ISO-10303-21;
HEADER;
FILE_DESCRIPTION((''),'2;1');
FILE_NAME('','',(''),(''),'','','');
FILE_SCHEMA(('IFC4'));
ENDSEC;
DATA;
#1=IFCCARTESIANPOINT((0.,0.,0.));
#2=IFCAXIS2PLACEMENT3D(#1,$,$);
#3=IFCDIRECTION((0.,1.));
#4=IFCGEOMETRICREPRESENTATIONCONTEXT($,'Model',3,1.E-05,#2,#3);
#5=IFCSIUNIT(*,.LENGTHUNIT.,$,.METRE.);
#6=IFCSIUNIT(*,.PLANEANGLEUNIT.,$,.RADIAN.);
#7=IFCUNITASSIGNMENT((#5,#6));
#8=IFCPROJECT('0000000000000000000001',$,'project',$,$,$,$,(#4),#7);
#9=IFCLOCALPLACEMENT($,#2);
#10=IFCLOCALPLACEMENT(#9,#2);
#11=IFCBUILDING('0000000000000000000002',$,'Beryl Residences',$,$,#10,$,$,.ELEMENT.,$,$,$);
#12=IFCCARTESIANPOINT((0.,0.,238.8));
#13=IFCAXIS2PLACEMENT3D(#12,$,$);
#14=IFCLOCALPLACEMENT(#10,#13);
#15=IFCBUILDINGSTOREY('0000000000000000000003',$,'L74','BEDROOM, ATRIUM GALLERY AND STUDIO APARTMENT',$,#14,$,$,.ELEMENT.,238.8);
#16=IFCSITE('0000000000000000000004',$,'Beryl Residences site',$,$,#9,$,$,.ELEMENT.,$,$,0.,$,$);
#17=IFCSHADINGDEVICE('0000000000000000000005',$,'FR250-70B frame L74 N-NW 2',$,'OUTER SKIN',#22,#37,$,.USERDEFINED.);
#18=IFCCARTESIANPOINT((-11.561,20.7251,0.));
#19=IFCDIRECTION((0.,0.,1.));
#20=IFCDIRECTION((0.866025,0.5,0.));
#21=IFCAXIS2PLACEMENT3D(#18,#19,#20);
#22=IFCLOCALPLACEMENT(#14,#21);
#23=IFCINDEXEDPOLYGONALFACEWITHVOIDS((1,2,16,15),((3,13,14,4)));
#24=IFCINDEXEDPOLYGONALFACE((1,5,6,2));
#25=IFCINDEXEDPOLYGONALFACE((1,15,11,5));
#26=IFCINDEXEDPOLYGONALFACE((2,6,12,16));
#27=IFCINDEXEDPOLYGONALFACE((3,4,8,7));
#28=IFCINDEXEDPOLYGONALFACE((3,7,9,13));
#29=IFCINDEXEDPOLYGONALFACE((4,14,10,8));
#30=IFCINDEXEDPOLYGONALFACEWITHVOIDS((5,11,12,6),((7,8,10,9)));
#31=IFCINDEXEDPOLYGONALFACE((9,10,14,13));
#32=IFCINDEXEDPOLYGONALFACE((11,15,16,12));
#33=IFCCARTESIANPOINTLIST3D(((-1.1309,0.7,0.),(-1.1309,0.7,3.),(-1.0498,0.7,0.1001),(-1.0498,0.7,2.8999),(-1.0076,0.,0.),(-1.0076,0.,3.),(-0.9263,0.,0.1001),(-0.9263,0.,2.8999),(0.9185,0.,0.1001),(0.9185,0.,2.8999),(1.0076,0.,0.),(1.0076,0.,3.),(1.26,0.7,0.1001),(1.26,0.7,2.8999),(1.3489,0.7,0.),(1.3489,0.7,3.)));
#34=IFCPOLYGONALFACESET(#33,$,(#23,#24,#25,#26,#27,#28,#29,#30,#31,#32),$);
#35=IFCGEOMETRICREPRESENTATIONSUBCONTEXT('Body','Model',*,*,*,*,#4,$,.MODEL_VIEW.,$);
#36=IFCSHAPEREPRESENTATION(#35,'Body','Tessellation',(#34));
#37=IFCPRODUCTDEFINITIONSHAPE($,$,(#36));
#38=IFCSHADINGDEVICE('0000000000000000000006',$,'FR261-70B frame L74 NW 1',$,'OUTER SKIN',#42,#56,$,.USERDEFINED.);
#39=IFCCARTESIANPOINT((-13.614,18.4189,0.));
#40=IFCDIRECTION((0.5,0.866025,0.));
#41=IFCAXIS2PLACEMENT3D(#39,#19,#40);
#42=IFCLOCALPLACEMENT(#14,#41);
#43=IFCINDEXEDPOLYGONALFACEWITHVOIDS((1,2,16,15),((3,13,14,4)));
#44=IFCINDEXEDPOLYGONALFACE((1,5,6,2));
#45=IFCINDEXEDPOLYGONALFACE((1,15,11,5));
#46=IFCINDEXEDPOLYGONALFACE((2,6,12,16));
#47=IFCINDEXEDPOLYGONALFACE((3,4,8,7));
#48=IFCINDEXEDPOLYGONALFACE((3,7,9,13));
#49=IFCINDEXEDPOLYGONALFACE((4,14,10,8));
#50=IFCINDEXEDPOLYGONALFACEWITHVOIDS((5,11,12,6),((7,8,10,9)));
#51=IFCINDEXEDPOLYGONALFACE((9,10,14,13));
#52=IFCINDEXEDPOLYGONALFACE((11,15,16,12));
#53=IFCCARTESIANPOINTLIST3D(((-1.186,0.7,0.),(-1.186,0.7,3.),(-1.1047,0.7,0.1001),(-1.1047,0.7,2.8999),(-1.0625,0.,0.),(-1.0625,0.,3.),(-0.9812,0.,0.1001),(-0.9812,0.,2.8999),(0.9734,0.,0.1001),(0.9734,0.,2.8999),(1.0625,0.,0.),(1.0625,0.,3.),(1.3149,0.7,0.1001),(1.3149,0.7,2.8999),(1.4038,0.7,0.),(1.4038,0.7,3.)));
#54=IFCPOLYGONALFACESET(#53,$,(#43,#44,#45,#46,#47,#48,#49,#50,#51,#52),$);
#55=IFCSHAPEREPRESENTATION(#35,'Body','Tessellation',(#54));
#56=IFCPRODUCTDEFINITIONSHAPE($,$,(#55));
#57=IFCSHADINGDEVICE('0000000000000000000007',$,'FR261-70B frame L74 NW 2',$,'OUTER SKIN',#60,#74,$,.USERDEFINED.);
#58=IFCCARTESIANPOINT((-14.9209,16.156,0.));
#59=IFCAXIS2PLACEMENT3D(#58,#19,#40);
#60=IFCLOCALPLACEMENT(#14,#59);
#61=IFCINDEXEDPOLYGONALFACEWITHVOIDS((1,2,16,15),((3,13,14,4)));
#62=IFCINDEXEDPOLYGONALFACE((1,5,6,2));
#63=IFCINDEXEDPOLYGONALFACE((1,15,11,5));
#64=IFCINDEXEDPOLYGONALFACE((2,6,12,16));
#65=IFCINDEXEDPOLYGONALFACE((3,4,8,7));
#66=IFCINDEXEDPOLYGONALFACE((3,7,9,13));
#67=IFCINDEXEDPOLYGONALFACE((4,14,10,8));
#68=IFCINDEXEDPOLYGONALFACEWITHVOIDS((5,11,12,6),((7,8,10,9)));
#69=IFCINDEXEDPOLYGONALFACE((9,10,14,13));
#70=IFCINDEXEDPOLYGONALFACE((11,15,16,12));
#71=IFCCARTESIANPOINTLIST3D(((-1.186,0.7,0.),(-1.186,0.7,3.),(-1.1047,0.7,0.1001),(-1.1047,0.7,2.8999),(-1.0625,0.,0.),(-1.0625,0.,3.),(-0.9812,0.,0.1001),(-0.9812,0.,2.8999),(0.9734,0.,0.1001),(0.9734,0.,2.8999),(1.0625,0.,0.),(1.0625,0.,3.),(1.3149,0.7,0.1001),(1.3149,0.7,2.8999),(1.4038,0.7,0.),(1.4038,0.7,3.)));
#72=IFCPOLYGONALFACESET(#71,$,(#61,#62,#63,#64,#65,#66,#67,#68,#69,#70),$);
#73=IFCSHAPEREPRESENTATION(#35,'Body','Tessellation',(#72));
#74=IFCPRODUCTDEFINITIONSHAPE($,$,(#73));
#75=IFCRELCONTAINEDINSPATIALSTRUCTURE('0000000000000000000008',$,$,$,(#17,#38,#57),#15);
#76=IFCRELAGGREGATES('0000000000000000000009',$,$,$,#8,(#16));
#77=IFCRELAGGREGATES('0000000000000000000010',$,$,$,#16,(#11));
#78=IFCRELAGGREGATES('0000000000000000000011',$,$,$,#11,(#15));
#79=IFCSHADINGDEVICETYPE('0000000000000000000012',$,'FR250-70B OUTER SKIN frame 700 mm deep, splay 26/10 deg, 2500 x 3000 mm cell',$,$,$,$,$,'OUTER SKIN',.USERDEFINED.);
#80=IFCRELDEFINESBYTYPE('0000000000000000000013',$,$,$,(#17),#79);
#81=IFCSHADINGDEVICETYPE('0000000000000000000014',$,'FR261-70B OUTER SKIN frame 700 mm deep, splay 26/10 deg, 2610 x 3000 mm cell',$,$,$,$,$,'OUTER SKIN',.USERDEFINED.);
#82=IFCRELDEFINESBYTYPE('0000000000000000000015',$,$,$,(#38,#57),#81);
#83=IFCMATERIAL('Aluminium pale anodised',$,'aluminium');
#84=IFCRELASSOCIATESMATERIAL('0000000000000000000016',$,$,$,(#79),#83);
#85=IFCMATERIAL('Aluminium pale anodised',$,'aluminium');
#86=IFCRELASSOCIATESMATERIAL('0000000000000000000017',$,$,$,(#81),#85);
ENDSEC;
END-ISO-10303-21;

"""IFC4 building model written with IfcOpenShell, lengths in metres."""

from ifc_helpers import new_model, entity, si_unit, direction, frame, origin, place, context, subcontext, project, spatial, source, transform, mapped, material, type_object, type_shapes, element, save


model = new_model("IFC4")

# Units and contexts
model_context = context("Model", 3, precision=1e-05, world=origin(), true_north=direction((0.0, 1.0)))
body_context = subcontext(model_context, "Body", "Model", "MODEL_VIEW")
ifc_project = project(units=[si_unit("LENGTHUNIT", "METRE"), si_unit("PLANEANGLEUNIT", "RADIAN")], contexts=[model_context])

# Site, building, storey
site_placement = place(None, origin())
site = spatial("IfcSite", under=ifc_project, at=site_placement, Name="Beryl Residences site", CompositionType="ELEMENT", RefElevation=0.0)
building_placement = place(site_placement, origin())
building = spatial("IfcBuilding", under=site, at=building_placement, Name="Beryl Residences", CompositionType="ELEMENT")
storey_placement = place(building_placement, frame((0.0, 0.0, 238.8)))
storey = spatial("IfcBuildingStorey", under=building, at=storey_placement, Name="L74", Description="BEDROOM, ATRIUM GALLERY AND STUDIO APARTMENT", CompositionType="ELEMENT", Elevation=238.8)

# Shading devices
ifc_material_1 = material(Name="Aluminium pale anodised", Category="aluminium")
shading_device_type_1 = type_object("IfcShadingDeviceType", Name="FR250-70B OUTER SKIN frame 700 mm deep, splay 26/10 deg, 2500 x 3000 mm cell", ElementType="OUTER SKIN", PredefinedType="USERDEFINED", material=ifc_material_1)
cartesian_point_1 = entity("IfcCartesianPoint", [-1.0076, 0.0])
cartesian_point_2 = entity("IfcCartesianPoint", [-0.9185, 0.1001])
cartesian_point_3 = entity("IfcCartesianPoint", [-1.3489, 0.0])
cartesian_point_4 = entity("IfcCartesianPoint", [-1.26, 0.1001])
shared_shape_1 = source(origin(), body_context, "Body", "SweptSolid", [
    entity("IfcExtrudedAreaSolidTapered", entity("IfcArbitraryProfileDefWithVoids", "AREA", None, entity("IfcPolyline", [cartesian_point_1, entity("IfcCartesianPoint", [1.0076, 0.0]), entity("IfcCartesianPoint", [1.0076, 3.0]), entity("IfcCartesianPoint", [-1.0076, 3.0]), cartesian_point_1]), [entity("IfcPolyline", [cartesian_point_2, entity("IfcCartesianPoint", [0.9263, 0.1001]), entity("IfcCartesianPoint", [0.9263, 2.8999]), entity("IfcCartesianPoint", [-0.9185, 2.8999]), cartesian_point_2])]), entity("IfcAxis2Placement3D", entity("IfcCartesianPoint", [0.0, 0.0, 0.0]), entity("IfcDirection", [0.0, 1.0, 0.0]), entity("IfcDirection", [-1.0, 0.0, 0.0])), entity("IfcDirection", [0.0, 0.0, 1.0]), 0.7, entity("IfcArbitraryProfileDefWithVoids", "AREA", None, entity("IfcPolyline", [cartesian_point_3, entity("IfcCartesianPoint", [1.1309, 0.0]), entity("IfcCartesianPoint", [1.1309, 3.0]), entity("IfcCartesianPoint", [-1.3489, 3.0]), cartesian_point_3]), [entity("IfcPolyline", [cartesian_point_4, entity("IfcCartesianPoint", [1.0498, 0.1001]), entity("IfcCartesianPoint", [1.0498, 2.8999]), entity("IfcCartesianPoint", [-1.26, 2.8999]), cartesian_point_4])])),
])
type_shapes(shading_device_type_1, [shared_shape_1])
shading_device_placement = place(storey_placement, frame((-11.561, 20.7251, 0.0), z_axis=(0.0, 0.0, 1.0), x_axis=(0.866025, 0.5, 0.0)))
element("IfcShadingDevice", 1, at=shading_device_placement, inside=storey, type_object=shading_device_type_1, Name="FR250-70B frame L74 N-NW 2", ObjectType="OUTER SKIN", PredefinedType="USERDEFINED", context=body_context, shape_type="MappedRepresentation", body=[
    mapped(shared_shape_1, transform((0.0, 0.0, 0.0))),
])
ifc_material_2 = material(Name="Aluminium pale anodised", Category="aluminium")
shading_device_type_2 = type_object("IfcShadingDeviceType", Name="FR261-70B OUTER SKIN frame 700 mm deep, splay 26/10 deg, 2610 x 3000 mm cell", ElementType="OUTER SKIN", PredefinedType="USERDEFINED", material=ifc_material_2)
cartesian_point_5 = entity("IfcCartesianPoint", [-1.0625, 0.0])
cartesian_point_6 = entity("IfcCartesianPoint", [-0.9734, 0.1001])
cartesian_point_7 = entity("IfcCartesianPoint", [-1.4038, 0.0])
cartesian_point_8 = entity("IfcCartesianPoint", [-1.3149, 0.1001])
shared_shape_2 = source(origin(), body_context, "Body", "SweptSolid", [
    entity("IfcExtrudedAreaSolidTapered", entity("IfcArbitraryProfileDefWithVoids", "AREA", None, entity("IfcPolyline", [cartesian_point_5, entity("IfcCartesianPoint", [1.0625, 0.0]), entity("IfcCartesianPoint", [1.0625, 3.0]), entity("IfcCartesianPoint", [-1.0625, 3.0]), cartesian_point_5]), [entity("IfcPolyline", [cartesian_point_6, entity("IfcCartesianPoint", [0.9812, 0.1001]), entity("IfcCartesianPoint", [0.9812, 2.8999]), entity("IfcCartesianPoint", [-0.9734, 2.8999]), cartesian_point_6])]), entity("IfcAxis2Placement3D", entity("IfcCartesianPoint", [0.0, 0.0, 0.0]), entity("IfcDirection", [0.0, 1.0, 0.0]), entity("IfcDirection", [-1.0, 0.0, 0.0])), entity("IfcDirection", [0.0, 0.0, 1.0]), 0.7, entity("IfcArbitraryProfileDefWithVoids", "AREA", None, entity("IfcPolyline", [cartesian_point_7, entity("IfcCartesianPoint", [1.186, 0.0]), entity("IfcCartesianPoint", [1.186, 3.0]), entity("IfcCartesianPoint", [-1.4038, 3.0]), cartesian_point_7]), [entity("IfcPolyline", [cartesian_point_8, entity("IfcCartesianPoint", [1.1047, 0.1001]), entity("IfcCartesianPoint", [1.1047, 2.8999]), entity("IfcCartesianPoint", [-1.3149, 2.8999]), cartesian_point_8])])),
])
type_shapes(shading_device_type_2, [shared_shape_2])
for number, where, z_axis, x_axis, name in (
    (2, (-13.614, 18.4189, 0.0), (0.0, 0.0, 1.0), (0.5, 0.866025, 0.0), "FR261-70B frame L74 NW 1"),
    (3, (-14.9209, 16.156, 0.0), (0.0, 0.0, 1.0), (0.5, 0.866025, 0.0), "FR261-70B frame L74 NW 2"),
):
    element("IfcShadingDevice", number, at=place(storey_placement, frame(where, z_axis=z_axis, x_axis=x_axis)), inside=storey, type_object=shading_device_type_2, Name=name, ObjectType="OUTER SKIN", PredefinedType="USERDEFINED", context=body_context, shape_type="MappedRepresentation", body=[
        mapped(shared_shape_2, transform((0.0, 0.0, 0.0))),
    ])

save(model, "model.ifc")
